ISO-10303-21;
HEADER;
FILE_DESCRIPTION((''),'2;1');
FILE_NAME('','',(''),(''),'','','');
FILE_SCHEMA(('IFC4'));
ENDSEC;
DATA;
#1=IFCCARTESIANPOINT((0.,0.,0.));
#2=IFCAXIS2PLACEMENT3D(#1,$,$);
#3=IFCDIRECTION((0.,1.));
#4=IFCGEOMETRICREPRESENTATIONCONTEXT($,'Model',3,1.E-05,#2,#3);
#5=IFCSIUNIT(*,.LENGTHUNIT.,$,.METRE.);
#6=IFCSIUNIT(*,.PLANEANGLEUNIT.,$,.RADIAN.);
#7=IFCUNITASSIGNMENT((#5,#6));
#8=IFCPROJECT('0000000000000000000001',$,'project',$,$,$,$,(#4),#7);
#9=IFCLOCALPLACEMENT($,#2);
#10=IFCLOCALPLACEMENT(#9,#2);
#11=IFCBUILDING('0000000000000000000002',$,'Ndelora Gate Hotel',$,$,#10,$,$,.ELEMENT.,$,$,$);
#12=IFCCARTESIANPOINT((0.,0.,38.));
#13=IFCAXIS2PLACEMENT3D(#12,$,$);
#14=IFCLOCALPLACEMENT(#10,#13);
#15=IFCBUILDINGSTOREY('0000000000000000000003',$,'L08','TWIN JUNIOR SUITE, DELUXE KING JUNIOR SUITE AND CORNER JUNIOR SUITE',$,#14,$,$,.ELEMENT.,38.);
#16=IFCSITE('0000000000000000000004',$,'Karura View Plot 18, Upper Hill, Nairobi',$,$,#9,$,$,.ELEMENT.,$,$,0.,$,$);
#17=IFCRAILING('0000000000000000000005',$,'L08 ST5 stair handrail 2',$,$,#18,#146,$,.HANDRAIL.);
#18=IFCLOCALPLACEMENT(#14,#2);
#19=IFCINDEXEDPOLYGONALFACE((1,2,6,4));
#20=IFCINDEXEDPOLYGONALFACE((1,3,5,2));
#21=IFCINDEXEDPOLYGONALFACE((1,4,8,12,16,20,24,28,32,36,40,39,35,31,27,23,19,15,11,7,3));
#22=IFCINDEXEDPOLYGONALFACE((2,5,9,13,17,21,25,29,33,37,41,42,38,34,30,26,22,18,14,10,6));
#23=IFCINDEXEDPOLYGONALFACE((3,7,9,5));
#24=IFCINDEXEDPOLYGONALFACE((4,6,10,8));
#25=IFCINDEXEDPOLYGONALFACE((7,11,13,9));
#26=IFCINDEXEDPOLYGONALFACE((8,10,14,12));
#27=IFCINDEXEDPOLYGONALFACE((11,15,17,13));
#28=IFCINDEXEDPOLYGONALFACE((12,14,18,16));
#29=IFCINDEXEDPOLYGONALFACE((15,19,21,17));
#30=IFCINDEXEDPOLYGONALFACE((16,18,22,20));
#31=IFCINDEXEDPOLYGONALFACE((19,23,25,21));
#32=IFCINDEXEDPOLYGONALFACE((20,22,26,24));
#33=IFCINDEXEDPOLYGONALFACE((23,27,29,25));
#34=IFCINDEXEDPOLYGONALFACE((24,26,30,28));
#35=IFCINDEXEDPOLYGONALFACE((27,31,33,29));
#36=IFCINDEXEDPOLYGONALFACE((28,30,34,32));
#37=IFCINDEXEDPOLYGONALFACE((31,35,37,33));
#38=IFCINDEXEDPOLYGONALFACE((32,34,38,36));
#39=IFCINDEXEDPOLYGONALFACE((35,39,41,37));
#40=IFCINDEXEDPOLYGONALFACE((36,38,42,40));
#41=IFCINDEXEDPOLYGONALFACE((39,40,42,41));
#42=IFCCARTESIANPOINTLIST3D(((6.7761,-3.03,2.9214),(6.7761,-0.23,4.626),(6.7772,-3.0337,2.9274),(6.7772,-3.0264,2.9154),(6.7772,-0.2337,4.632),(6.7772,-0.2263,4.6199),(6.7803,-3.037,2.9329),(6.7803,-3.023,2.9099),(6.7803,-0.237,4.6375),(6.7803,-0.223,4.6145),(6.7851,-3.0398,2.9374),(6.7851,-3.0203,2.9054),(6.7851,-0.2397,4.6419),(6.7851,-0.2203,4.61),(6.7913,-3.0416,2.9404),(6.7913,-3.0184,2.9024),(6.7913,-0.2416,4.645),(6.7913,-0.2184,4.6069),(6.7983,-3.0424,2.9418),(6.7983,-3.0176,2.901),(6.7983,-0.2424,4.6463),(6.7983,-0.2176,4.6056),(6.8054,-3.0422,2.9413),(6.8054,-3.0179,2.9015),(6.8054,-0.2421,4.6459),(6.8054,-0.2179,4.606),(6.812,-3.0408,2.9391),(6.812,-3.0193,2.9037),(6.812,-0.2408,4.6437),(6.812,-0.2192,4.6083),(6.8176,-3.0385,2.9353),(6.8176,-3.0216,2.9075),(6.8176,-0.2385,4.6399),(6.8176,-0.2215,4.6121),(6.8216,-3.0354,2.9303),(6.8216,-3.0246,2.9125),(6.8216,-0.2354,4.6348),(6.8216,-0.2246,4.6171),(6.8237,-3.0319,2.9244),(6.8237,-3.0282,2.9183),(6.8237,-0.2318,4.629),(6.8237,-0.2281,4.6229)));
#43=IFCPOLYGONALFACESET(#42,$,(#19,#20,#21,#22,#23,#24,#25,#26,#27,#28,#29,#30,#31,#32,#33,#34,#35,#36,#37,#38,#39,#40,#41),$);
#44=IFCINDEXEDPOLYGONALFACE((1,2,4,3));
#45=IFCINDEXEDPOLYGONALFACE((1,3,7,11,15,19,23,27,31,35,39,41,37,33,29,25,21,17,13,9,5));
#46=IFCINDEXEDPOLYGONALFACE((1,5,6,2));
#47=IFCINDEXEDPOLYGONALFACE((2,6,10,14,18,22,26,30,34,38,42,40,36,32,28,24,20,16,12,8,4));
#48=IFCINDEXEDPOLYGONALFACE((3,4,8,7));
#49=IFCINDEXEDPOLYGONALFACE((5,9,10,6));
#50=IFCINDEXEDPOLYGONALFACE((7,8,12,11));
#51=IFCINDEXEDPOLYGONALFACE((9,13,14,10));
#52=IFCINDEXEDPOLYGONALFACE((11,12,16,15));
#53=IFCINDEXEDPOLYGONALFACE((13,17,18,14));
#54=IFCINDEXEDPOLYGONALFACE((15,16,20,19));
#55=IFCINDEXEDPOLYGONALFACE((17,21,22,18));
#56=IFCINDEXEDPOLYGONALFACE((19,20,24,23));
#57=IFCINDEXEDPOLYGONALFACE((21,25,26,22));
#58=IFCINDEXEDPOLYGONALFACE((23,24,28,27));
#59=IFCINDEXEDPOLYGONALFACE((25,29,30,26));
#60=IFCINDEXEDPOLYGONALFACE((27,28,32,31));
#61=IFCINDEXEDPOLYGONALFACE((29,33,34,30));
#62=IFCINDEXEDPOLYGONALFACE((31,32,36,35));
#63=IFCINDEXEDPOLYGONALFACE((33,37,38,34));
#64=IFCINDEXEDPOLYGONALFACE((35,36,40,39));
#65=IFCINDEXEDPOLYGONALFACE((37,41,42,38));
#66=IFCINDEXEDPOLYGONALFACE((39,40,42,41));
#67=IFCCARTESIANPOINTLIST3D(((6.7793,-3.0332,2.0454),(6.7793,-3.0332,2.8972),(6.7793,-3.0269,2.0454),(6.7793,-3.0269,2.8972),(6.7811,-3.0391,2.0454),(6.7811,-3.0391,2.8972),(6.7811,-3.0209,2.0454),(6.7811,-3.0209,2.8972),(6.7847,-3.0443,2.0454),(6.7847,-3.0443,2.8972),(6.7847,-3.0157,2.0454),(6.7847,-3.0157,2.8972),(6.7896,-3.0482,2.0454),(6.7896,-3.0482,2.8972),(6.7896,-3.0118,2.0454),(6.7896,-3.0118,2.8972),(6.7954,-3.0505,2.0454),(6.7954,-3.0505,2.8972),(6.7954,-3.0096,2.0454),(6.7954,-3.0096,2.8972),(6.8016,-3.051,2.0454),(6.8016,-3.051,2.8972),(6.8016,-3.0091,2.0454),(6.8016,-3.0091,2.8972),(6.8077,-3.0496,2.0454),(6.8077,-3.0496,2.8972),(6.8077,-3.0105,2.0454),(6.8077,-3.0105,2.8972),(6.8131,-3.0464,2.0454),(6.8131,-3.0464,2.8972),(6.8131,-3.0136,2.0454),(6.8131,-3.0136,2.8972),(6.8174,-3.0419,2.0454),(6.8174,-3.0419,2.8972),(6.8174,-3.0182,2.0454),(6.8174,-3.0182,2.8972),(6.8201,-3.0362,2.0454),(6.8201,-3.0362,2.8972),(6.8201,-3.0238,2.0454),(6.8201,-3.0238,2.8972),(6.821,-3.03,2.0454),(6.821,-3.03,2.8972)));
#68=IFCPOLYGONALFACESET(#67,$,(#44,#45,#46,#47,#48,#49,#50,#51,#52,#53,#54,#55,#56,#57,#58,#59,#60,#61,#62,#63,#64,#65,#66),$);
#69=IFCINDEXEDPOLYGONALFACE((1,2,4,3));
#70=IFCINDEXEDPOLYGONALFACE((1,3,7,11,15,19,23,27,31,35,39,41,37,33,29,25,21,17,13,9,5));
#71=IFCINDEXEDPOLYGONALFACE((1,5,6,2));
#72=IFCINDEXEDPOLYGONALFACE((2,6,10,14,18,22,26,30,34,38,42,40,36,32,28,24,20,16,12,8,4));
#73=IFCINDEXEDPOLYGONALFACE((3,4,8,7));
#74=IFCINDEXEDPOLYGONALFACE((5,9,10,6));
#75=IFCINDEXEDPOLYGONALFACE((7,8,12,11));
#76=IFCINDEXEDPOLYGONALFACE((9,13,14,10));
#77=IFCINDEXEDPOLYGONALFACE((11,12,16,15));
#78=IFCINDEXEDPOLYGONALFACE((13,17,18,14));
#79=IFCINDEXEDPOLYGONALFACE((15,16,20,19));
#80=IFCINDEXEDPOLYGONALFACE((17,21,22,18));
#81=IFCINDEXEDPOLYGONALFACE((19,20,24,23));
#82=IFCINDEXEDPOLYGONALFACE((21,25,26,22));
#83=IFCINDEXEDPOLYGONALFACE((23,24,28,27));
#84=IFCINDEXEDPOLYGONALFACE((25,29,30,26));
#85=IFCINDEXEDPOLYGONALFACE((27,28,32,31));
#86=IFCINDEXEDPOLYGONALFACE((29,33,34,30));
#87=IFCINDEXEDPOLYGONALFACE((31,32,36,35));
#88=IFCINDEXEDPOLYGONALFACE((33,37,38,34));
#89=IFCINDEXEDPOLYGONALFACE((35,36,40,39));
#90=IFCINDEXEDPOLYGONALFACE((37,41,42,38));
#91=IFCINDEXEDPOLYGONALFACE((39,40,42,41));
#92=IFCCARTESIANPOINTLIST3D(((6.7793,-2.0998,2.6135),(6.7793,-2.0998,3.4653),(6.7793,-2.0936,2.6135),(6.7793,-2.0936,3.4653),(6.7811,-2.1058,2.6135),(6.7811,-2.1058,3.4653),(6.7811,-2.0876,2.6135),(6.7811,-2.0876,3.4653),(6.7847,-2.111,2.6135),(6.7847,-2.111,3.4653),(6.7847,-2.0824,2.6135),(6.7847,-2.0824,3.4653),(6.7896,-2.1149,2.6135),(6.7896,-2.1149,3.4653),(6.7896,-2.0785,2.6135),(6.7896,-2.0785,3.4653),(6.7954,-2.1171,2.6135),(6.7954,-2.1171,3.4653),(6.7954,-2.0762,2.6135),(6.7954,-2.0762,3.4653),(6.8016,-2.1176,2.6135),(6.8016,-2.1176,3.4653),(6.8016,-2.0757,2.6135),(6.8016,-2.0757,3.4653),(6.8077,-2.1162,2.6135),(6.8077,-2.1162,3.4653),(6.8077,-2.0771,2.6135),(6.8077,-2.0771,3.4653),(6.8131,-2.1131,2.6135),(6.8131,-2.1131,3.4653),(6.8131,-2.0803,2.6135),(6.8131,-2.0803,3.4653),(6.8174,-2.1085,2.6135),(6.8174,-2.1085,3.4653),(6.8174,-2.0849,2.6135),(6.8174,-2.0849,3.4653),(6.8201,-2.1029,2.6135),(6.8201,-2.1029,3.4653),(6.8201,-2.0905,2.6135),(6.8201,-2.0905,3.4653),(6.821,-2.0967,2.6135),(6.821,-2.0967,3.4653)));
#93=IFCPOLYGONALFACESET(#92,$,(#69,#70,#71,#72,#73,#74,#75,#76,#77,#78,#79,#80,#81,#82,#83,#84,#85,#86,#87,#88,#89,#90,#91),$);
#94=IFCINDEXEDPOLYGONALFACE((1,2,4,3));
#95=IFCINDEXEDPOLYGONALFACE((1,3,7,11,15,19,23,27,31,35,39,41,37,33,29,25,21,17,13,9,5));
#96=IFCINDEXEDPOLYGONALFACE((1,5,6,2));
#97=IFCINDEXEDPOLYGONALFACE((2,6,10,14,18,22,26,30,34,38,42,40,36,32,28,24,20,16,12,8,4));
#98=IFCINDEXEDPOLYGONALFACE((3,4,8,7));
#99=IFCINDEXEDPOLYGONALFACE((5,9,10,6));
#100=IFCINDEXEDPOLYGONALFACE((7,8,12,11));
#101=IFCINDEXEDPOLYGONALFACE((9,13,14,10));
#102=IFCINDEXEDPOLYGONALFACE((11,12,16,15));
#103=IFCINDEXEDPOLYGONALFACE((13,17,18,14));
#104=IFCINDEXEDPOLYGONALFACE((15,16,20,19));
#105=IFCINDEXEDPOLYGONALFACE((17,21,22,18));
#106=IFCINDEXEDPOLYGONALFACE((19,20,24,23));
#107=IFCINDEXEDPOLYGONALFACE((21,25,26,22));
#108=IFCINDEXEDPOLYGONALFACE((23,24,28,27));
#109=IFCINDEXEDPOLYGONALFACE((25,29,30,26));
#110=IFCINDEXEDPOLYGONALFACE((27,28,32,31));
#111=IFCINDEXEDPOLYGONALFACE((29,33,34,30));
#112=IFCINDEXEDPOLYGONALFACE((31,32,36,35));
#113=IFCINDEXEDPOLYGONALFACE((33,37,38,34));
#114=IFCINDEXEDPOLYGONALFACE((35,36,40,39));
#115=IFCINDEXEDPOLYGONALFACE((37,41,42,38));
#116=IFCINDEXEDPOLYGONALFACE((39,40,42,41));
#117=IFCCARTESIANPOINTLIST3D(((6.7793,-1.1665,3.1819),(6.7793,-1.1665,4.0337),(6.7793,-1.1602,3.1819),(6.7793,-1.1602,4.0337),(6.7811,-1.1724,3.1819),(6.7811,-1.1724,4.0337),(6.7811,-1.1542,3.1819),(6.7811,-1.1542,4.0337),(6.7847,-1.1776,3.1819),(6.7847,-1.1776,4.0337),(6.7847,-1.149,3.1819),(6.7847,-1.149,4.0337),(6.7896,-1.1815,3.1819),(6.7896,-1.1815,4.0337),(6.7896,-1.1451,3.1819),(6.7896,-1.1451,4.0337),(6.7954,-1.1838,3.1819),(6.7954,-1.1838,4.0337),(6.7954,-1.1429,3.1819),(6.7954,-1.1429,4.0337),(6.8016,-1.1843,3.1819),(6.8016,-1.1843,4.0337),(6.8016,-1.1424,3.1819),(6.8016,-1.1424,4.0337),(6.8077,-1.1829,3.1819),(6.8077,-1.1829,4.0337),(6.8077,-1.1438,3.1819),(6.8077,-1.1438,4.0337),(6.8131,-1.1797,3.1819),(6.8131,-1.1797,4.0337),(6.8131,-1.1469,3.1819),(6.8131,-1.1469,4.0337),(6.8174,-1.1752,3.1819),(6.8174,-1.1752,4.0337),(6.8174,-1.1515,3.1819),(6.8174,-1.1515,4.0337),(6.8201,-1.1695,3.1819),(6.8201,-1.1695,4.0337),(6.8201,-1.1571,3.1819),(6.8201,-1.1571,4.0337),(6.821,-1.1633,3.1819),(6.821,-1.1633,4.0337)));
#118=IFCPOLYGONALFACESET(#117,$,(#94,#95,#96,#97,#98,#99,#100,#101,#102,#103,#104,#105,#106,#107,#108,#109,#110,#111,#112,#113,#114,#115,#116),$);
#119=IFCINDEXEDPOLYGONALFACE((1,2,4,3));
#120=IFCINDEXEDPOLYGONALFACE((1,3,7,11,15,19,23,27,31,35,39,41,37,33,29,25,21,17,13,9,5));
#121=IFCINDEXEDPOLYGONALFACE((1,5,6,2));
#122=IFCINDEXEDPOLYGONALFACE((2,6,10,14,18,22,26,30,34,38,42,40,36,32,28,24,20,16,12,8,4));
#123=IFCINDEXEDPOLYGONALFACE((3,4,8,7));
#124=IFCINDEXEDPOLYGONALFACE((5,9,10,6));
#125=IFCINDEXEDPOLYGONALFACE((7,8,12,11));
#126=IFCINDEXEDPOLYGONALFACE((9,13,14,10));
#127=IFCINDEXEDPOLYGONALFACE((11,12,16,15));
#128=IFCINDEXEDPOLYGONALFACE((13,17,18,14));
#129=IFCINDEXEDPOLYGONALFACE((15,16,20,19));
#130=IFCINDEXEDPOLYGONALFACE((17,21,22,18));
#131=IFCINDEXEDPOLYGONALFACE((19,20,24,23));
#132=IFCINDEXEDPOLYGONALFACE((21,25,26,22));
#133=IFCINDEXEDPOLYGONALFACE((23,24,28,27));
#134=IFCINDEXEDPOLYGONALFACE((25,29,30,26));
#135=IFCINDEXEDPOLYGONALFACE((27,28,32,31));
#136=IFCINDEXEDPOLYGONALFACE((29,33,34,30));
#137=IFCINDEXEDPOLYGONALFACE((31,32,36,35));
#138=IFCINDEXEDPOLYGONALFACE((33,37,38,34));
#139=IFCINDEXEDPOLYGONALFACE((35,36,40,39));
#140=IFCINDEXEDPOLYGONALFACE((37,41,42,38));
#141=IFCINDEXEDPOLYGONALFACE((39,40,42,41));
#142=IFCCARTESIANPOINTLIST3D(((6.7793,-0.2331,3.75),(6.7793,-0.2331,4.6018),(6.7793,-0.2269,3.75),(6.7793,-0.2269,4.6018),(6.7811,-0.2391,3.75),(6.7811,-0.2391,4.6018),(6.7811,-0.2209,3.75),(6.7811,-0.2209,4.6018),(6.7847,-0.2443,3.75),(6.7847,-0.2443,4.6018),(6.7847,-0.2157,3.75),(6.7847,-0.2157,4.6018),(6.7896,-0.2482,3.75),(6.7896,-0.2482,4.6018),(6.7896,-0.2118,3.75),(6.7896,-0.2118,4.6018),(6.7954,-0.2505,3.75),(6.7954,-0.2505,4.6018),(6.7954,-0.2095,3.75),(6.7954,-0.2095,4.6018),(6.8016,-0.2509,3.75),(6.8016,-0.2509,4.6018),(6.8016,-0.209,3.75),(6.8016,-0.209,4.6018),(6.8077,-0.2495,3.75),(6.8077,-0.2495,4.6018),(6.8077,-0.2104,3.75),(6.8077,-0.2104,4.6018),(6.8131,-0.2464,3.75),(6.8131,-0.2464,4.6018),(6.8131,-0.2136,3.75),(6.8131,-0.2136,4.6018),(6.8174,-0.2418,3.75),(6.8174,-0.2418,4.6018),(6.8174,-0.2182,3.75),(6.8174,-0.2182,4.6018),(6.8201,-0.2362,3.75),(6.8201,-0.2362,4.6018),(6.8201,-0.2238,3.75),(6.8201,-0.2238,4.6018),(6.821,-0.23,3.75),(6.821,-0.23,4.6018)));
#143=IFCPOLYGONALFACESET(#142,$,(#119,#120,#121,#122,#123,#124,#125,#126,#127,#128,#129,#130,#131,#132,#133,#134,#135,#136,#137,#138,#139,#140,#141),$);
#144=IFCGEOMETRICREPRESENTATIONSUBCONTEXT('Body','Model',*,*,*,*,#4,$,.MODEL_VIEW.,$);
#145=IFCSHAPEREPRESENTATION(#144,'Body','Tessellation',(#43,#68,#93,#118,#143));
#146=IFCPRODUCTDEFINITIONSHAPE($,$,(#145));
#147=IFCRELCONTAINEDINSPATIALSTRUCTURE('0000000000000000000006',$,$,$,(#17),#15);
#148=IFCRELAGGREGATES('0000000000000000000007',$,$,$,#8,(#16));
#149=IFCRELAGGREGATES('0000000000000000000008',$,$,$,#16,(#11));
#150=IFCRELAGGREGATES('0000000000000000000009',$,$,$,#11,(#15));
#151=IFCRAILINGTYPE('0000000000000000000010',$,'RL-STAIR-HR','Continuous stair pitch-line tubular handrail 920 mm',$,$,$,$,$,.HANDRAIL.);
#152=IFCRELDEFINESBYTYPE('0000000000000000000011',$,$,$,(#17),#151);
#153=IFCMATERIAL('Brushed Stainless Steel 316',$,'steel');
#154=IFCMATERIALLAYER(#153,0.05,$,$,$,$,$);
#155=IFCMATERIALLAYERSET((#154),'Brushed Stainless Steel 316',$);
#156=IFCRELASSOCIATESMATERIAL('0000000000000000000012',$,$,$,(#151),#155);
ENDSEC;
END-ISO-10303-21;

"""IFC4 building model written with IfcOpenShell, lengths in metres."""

from ifc_helpers import new_model, si_unit, direction, frame, origin, origin_2d, place, context, subcontext, project, spatial, circle, extrude, material, layer, layer_set, type_object, element, save


model = new_model("IFC4")

# Units and contexts
model_context = context("Model", 3, precision=1e-05, world=origin(), true_north=direction((0.0, 1.0)))
body_context = subcontext(model_context, "Body", "Model", "MODEL_VIEW")
ifc_project = project(units=[si_unit("LENGTHUNIT", "METRE"), si_unit("PLANEANGLEUNIT", "RADIAN")], contexts=[model_context])

# Site, building, storey
site_placement = place(None, origin())
site = spatial("IfcSite", under=ifc_project, at=site_placement, Name="Karura View Plot 18, Upper Hill, Nairobi", CompositionType="ELEMENT", RefElevation=0.0)
building_placement = place(site_placement, origin())
building = spatial("IfcBuilding", under=site, at=building_placement, Name="Ndelora Gate Hotel", CompositionType="ELEMENT")
storey_placement = place(building_placement, frame((0.0, 0.0, 38.0)))
storey = spatial("IfcBuildingStorey", under=building, at=storey_placement, Name="L08", Description="TWIN JUNIOR SUITE, DELUXE KING JUNIOR SUITE AND CORNER JUNIOR SUITE", CompositionType="ELEMENT", Elevation=38.0)

# Railing
ifc_material_1 = material(Name="Brushed Stainless Steel 316", Category="steel")
ifc_layer_1 = layer(ifc_material_1, 0.05)
ifc_layer_set_1 = layer_set([ifc_layer_1], Name="Brushed Stainless Steel 316")
railing_type_1 = type_object("IfcRailingType", Name="RL-STAIR-HR", Description="Continuous stair pitch-line tubular handrail 920 mm", PredefinedType="HANDRAIL", material=ifc_layer_set_1)
railing_1_placement = place(storey_placement, frame((6.8, -3.03, 2.0454)))
element("IfcRailing", 1, at=railing_1_placement, inside=storey, type_object=railing_type_1, Name="L08 ST5 stair handrail 2", PredefinedType="HANDRAIL", context=body_context, shape_type="SweptSolid", body=[
    extrude(circle(Radius=0.0239, at=origin_2d()), frame((0.0, 0.0, 0.876), z_axis=(0.0, 0.85417, 0.519994), x_axis=(-1.0, 0.0, 0.0)), (0.0, 0.0, 1.0), 3.2781),
    extrude(circle(Radius=0.021, at=origin_2d()), origin(), (0.0, 0.0, 1.0), 0.8518),
    extrude(circle(Radius=0.021, at=origin_2d()), frame((0.0, 0.9333, 0.5681)), (0.0, 0.0, 1.0), 0.8518),
    extrude(circle(Radius=0.021, at=origin_2d()), frame((0.0, 1.8667, 1.1365)), (0.0, 0.0, 1.0), 0.8518),
    extrude(circle(Radius=0.021, at=origin_2d()), frame((0.0, 2.8, 1.7046)), (0.0, 0.0, 1.0), 0.8518),
])

save(model, "model.ifc")
